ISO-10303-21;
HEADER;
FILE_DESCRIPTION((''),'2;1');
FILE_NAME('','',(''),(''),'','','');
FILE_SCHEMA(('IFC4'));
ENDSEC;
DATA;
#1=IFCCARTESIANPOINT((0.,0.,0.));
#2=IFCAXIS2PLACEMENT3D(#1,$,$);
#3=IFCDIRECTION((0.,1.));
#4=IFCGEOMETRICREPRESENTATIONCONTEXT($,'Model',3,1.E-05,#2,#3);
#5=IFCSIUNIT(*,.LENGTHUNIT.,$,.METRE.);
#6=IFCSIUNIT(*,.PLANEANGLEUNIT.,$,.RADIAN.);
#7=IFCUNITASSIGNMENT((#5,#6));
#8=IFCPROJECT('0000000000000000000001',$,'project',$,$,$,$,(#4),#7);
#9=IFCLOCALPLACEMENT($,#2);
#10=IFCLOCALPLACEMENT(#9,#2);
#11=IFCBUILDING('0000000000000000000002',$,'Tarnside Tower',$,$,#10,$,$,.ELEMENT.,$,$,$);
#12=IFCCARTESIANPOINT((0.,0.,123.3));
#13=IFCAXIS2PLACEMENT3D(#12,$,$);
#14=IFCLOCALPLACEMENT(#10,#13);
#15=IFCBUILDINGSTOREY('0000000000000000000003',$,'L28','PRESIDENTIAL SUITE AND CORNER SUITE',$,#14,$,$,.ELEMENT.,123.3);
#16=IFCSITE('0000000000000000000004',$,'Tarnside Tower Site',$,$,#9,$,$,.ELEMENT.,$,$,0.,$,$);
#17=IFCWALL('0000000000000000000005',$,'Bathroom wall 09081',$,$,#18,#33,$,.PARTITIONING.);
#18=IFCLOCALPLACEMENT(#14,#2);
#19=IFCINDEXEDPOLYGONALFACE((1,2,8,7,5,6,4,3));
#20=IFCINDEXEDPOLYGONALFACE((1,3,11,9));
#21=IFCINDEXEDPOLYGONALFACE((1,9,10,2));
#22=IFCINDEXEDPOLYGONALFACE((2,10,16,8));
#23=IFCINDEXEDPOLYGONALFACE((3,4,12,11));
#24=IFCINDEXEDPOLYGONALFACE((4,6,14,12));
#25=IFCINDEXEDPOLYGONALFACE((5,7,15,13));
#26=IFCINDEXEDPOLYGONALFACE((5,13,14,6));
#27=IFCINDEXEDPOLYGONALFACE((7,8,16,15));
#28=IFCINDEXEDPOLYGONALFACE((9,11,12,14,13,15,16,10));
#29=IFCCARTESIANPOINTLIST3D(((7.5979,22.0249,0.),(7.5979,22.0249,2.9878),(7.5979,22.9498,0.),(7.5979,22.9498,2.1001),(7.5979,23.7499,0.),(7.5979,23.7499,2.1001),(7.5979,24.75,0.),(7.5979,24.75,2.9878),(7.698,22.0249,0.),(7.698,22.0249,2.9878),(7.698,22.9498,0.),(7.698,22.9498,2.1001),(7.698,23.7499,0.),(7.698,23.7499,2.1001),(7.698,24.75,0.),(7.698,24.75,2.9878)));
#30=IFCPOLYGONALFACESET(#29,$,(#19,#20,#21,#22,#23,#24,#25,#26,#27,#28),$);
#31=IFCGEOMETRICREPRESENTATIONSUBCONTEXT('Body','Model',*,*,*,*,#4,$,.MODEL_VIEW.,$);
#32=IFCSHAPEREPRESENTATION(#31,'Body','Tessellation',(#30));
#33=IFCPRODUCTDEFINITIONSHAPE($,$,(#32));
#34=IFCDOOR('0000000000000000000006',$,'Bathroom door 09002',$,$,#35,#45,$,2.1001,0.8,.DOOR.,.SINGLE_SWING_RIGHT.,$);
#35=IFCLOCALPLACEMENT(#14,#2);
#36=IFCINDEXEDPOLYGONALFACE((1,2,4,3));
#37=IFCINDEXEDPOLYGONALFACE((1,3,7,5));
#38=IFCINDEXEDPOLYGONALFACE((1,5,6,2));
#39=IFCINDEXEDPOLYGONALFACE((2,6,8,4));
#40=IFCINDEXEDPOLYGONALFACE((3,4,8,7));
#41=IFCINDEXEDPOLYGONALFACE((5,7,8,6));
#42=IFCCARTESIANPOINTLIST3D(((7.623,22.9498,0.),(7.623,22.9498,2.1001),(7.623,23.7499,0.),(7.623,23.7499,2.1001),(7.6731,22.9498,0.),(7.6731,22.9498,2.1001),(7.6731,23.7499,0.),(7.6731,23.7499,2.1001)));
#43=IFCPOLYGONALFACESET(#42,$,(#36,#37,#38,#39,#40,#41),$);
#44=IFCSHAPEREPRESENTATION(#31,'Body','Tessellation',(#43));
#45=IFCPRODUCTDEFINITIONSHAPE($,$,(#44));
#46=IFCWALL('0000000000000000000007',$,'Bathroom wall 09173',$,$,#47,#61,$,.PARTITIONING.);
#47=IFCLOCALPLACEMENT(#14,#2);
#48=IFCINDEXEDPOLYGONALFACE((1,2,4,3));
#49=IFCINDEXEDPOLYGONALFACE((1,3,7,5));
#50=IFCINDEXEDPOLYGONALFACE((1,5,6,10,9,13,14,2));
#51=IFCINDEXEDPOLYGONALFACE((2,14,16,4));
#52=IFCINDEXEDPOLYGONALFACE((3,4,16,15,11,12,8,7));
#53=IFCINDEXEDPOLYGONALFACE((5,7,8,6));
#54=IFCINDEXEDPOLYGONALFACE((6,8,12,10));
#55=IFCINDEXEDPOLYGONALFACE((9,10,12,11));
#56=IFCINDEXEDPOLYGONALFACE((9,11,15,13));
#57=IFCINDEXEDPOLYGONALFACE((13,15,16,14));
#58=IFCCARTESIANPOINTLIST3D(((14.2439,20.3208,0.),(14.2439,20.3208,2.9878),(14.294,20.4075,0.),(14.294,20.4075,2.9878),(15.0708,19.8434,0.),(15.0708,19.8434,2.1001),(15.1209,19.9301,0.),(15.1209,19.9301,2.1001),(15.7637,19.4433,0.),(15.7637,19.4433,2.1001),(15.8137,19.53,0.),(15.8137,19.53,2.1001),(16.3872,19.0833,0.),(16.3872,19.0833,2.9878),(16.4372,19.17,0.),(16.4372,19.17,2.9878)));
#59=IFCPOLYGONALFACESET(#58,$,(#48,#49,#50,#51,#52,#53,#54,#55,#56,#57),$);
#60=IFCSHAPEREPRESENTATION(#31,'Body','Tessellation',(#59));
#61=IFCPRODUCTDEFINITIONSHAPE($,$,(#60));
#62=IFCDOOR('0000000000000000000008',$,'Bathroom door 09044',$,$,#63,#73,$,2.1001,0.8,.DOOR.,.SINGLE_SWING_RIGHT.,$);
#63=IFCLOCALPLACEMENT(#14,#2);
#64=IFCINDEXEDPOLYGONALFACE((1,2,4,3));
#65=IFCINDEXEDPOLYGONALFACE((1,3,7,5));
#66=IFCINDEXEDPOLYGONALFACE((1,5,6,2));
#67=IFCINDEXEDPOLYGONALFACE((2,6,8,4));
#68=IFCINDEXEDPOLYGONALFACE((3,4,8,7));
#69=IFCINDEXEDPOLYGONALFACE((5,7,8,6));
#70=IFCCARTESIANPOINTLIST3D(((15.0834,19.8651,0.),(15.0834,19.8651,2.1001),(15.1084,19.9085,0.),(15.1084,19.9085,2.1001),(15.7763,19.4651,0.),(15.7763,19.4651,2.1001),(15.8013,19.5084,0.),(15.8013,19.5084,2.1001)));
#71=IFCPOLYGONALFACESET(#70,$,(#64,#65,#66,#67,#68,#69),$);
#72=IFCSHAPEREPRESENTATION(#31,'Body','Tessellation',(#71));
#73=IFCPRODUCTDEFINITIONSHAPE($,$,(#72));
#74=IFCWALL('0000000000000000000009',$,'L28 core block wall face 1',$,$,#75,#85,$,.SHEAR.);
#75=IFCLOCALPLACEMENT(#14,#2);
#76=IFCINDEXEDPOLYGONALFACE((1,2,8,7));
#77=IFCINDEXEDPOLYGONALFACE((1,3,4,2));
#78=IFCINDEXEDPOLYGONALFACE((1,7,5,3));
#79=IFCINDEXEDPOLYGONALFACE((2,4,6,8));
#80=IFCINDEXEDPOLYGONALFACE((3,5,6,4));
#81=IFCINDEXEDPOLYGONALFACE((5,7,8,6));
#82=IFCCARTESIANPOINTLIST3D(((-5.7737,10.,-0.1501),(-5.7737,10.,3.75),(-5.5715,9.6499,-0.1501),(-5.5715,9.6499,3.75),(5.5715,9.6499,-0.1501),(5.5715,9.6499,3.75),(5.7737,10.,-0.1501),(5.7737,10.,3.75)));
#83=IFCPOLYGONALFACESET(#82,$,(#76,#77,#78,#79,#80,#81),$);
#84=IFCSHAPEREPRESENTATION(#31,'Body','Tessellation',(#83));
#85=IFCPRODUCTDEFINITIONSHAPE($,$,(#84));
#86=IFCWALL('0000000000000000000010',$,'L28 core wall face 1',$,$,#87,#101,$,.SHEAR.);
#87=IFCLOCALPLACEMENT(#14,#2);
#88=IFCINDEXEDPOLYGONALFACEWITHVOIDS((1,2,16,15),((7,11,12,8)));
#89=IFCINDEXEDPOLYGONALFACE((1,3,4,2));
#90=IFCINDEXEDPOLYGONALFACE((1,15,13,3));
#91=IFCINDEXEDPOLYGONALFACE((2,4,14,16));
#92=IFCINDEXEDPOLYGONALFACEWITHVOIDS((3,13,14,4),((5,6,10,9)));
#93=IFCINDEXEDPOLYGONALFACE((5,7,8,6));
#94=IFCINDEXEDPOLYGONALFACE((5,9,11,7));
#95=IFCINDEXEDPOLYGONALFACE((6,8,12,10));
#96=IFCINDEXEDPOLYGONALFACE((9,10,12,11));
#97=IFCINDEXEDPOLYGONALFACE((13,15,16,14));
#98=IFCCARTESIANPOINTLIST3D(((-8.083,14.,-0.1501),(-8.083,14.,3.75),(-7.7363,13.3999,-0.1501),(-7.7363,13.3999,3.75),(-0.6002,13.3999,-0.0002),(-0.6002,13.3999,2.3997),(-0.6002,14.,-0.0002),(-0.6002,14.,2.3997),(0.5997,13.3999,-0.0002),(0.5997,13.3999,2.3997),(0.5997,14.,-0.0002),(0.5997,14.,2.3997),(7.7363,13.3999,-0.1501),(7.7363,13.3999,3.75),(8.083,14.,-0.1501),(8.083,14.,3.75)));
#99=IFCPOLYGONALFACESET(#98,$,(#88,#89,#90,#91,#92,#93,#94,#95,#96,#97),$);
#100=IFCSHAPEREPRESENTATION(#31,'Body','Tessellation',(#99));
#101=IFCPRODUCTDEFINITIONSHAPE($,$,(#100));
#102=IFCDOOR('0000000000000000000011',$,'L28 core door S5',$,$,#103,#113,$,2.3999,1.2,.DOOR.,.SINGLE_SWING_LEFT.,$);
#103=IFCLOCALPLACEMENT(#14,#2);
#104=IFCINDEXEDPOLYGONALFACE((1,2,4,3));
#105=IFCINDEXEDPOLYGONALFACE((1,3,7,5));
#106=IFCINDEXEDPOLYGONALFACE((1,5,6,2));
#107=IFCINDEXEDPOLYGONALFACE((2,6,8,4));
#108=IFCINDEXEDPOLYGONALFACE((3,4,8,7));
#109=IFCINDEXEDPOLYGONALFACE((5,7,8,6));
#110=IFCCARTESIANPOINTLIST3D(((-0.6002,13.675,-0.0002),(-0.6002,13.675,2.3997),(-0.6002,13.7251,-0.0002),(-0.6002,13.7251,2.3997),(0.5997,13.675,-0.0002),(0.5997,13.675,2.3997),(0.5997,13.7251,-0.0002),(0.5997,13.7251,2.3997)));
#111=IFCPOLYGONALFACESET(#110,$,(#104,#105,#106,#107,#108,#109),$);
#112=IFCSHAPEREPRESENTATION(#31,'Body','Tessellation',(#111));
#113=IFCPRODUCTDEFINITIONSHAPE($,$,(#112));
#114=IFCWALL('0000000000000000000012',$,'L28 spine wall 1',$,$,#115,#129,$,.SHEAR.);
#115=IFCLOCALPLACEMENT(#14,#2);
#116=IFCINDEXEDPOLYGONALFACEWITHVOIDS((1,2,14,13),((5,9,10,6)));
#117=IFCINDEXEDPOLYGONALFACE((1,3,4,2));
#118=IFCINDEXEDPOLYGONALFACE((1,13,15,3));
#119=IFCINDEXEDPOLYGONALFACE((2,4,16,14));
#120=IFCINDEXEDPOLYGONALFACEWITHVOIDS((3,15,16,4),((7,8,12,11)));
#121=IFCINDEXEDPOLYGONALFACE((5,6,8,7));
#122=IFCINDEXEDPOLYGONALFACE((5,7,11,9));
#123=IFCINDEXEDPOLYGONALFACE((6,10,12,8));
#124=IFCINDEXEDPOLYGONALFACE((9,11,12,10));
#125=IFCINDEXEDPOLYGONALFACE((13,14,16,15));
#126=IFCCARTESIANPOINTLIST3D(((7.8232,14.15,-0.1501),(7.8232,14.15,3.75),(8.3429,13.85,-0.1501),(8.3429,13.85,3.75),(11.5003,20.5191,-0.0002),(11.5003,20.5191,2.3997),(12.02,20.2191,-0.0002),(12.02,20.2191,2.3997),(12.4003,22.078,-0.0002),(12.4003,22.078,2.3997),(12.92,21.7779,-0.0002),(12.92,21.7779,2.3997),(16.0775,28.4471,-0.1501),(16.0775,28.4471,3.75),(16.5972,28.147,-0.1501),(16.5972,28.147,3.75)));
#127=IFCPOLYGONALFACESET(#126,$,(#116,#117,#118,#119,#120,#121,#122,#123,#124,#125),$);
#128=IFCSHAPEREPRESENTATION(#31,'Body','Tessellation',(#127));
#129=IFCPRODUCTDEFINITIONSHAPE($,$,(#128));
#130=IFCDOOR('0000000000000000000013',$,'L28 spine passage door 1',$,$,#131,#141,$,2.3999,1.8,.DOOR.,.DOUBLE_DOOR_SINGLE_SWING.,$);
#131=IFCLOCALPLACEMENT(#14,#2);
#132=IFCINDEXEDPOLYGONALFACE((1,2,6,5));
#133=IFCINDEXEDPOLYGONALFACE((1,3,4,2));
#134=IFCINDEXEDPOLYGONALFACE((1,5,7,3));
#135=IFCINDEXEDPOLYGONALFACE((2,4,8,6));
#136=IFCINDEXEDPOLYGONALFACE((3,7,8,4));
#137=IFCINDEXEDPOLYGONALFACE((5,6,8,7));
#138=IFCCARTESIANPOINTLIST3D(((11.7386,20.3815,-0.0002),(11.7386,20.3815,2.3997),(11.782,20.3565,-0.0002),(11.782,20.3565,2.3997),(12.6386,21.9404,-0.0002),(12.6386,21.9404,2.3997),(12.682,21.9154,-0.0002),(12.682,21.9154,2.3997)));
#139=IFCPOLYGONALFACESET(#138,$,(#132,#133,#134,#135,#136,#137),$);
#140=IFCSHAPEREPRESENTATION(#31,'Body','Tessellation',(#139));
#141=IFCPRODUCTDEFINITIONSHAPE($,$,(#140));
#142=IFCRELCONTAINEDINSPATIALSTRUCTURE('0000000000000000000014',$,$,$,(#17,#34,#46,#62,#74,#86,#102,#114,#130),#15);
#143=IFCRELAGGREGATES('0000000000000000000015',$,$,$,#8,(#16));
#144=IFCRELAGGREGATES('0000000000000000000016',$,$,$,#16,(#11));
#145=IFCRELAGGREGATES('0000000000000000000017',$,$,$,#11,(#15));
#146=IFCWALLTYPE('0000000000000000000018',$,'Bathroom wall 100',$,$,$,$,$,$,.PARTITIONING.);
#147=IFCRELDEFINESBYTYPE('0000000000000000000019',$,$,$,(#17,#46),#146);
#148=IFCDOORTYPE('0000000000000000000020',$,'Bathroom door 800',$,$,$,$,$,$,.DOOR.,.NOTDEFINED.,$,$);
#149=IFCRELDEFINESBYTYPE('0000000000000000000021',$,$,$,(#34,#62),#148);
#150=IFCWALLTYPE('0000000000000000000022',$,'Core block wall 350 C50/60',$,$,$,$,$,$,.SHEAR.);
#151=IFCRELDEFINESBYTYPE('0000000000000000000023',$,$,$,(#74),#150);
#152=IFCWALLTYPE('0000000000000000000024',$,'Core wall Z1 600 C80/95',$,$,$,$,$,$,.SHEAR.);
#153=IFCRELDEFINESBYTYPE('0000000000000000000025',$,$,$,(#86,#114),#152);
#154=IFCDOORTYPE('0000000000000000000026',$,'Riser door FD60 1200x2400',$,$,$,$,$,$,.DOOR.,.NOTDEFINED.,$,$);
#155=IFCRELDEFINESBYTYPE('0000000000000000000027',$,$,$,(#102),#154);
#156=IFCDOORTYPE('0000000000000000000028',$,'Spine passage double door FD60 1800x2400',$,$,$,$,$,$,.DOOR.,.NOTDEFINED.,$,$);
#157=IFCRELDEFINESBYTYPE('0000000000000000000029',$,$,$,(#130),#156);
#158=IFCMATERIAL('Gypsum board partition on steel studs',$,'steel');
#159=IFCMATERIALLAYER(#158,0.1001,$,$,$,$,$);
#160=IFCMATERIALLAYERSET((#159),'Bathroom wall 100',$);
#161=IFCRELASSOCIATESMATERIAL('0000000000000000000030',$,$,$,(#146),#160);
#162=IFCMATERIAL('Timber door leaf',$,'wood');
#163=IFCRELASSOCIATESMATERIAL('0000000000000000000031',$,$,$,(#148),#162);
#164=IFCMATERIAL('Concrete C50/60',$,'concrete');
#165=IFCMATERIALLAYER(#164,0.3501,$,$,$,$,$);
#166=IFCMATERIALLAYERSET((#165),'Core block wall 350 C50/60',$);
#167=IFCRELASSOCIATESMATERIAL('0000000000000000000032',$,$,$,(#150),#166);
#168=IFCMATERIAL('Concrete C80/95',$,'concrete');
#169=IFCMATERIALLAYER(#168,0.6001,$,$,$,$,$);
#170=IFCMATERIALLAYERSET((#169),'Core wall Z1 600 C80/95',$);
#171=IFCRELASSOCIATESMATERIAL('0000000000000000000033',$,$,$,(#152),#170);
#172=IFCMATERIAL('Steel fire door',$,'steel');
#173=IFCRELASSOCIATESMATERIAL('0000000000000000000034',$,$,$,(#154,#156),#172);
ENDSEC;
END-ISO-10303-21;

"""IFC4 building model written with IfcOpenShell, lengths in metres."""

from ifc_helpers import new_model, si_unit, direction, frame, frame_2d, origin, place, context, subcontext, project, spatial, polyline, rectangle, outline, extrude, material, layer, layer_set, type_object, element, fill, save


model = new_model("IFC4")

# Units and contexts
model_context = context("Model", 3, precision=1e-05, world=origin(), true_north=direction((0.0, 1.0)))
body_context = subcontext(model_context, "Body", "Model", "MODEL_VIEW")
ifc_project = project(units=[si_unit("LENGTHUNIT", "METRE"), si_unit("PLANEANGLEUNIT", "RADIAN")], contexts=[model_context])

# Site, building, storey
site_placement = place(None, origin())
site = spatial("IfcSite", under=ifc_project, at=site_placement, Name="Tarnside Tower Site", CompositionType="ELEMENT", RefElevation=0.0)
building_placement = place(site_placement, origin())
building = spatial("IfcBuilding", under=site, at=building_placement, Name="Tarnside Tower", CompositionType="ELEMENT")
storey_placement = place(building_placement, frame((0.0, 0.0, 123.3)))
storey = spatial("IfcBuildingStorey", under=building, at=storey_placement, Name="L28", Description="PRESIDENTIAL SUITE AND CORNER SUITE", CompositionType="ELEMENT", Elevation=123.3)

# Walls, openings, doors
ifc_material_1 = material(Name="Gypsum board partition on steel studs", Category="steel")
ifc_layer_1 = layer(ifc_material_1, 0.1001)
ifc_layer_set_1 = layer_set([ifc_layer_1], Name="Bathroom wall 100")
wall_type_1 = type_object("IfcWallType", Name="Bathroom wall 100", PredefinedType="PARTITIONING", material=ifc_layer_set_1)
wall_1_placement = place(storey_placement, frame((7.6479, 22.0249, 0.0), z_axis=(0.0, 0.0, 1.0), x_axis=(0.0, 1.0, 0.0)))
wall_1 = element("IfcWall", 1, at=wall_1_placement, inside=storey, type_object=wall_type_1, Name="Bathroom wall 09081", PredefinedType="PARTITIONING", context=body_context, shape_type="SweptSolid", body=[
    extrude(rectangle(XDim=2.7251, YDim=0.1001, at=frame_2d((1.3625, 0.0))), origin(), (0.0, 0.0, 1.0), 2.9878),
])
opening_1_placement = place(wall_1_placement, frame((0.925, 0.0, 0.0)))
opening_1 = element("IfcOpeningElement", 2, at=opening_1_placement, cuts=wall_1, PredefinedType="OPENING", context=body_context, shape_type="SweptSolid", body=[
    extrude(rectangle(XDim=0.8, YDim=2.1001, at=frame_2d((0.3999, 1.05))), frame((0.0, 0.0601, 0.0), z_axis=(0.0, -1.0, 0.0), x_axis=(1.0, 0.0, 0.0)), (0.0, 0.0, 1.0), 0.1201),
])
ifc_material_2 = material(Name="Timber door leaf", Category="wood")
door_type_1 = type_object("IfcDoorType", Name="Bathroom door 800", OperationType="NOTDEFINED", PredefinedType="DOOR", material=ifc_material_2)
door_1_placement = place(opening_1_placement, origin())
door_1 = element("IfcDoor", 3, at=door_1_placement, inside=storey, type_object=door_type_1, Name="Bathroom door 09002", OperationType="SINGLE_SWING_RIGHT", OverallHeight=2.1001, OverallWidth=0.8, PredefinedType="DOOR", context=body_context, shape_type="SweptSolid", body=[
    extrude(rectangle(XDim=0.8, YDim=2.1001, at=frame_2d((0.3999, 1.05))), frame((0.0, 0.0249, 0.0), z_axis=(0.0, -1.0, 0.0), x_axis=(1.0, 0.0, 0.0)), (0.0, 0.0, 1.0), 0.05),
])
fill(opening_1, door_1)
wall_2_placement = place(storey_placement, frame((16.4121, 19.1267, 0.0), z_axis=(0.0, 0.0, 1.0), x_axis=(-0.866007, 0.500033, 0.0)))
wall_2 = element("IfcWall", 4, at=wall_2_placement, inside=storey, type_object=wall_type_1, Name="Bathroom wall 09173", PredefinedType="PARTITIONING", context=body_context, shape_type="SweptSolid", body=[
    extrude(rectangle(XDim=2.4749, YDim=0.1001, at=frame_2d((1.2373, 0.0))), origin(), (0.0, 0.0, 1.0), 2.9878),
])
opening_2_placement = place(wall_2_placement, frame((0.72, 0.0, 0.0)))
opening_2 = element("IfcOpeningElement", 5, at=opening_2_placement, cuts=wall_2, PredefinedType="OPENING", context=body_context, shape_type="SweptSolid", body=[
    extrude(rectangle(XDim=0.8, YDim=2.1001, at=frame_2d((0.3999, 1.05))), frame((0.0, 0.0601, 0.0), z_axis=(0.0, -1.0, 0.0), x_axis=(1.0, 0.0, 0.0)), (0.0, 0.0, 1.0), 0.1201),
])
door_2_placement = place(opening_2_placement, origin())
door_2 = element("IfcDoor", 6, at=door_2_placement, inside=storey, type_object=door_type_1, Name="Bathroom door 09044", OperationType="SINGLE_SWING_RIGHT", OverallHeight=2.1001, OverallWidth=0.8, PredefinedType="DOOR", context=body_context, shape_type="SweptSolid", body=[
    extrude(rectangle(XDim=0.8, YDim=2.1001, at=frame_2d((0.3999, 1.05))), frame((0.0, 0.0249, 0.0), z_axis=(0.0, -1.0, 0.0), x_axis=(1.0, 0.0, 0.0)), (0.0, 0.0, 1.0), 0.05),
])
fill(opening_2, door_2)

# Wall
ifc_material_3 = material(Name="Concrete C50/60", Category="concrete")
ifc_layer_2 = layer(ifc_material_3, 0.3501)
ifc_layer_set_2 = layer_set([ifc_layer_2], Name="Core block wall 350 C50/60")
wall_type_2 = type_object("IfcWallType", Name="Core block wall 350 C50/60", PredefinedType="SHEAR", material=ifc_layer_set_2)
wall_3_placement = place(storey_placement, frame((5.6726, 9.825, -0.1501), z_axis=(0.0, 0.0, 1.0), x_axis=(-1.0, 0.0, 0.0)))
element("IfcWall", 7, at=wall_3_placement, inside=storey, type_object=wall_type_2, Name="L28 core block wall face 1", PredefinedType="SHEAR", context=body_context, shape_type="SweptSolid", body=[
    extrude(outline(polyline([(-0.1011, -0.175), (11.4463, -0.175), (11.2441, 0.175), (0.1011, 0.175), (-0.1011, -0.175)])), origin(), (0.0, 0.0, 1.0), 3.9001),
])

# Walls, openings, doors
ifc_material_4 = material(Name="Concrete C80/95", Category="concrete")
ifc_layer_3 = layer(ifc_material_4, 0.6001)
ifc_layer_set_3 = layer_set([ifc_layer_3], Name="Core wall Z1 600 C80/95")
wall_type_3 = type_object("IfcWallType", Name="Core wall Z1 600 C80/95", PredefinedType="SHEAR", material=ifc_layer_set_3)
wall_4_placement = place(storey_placement, frame((7.9097, 13.7, -0.1501), z_axis=(0.0, 0.0, 1.0), x_axis=(-1.0, 0.0, 0.0)))
wall_4 = element("IfcWall", 8, at=wall_4_placement, inside=storey, type_object=wall_type_3, Name="L28 core wall face 1", PredefinedType="SHEAR", context=body_context, shape_type="SweptSolid", body=[
    extrude(outline(polyline([(-0.1733, -0.3), (15.9927, -0.3), (15.646, 0.3), (0.1733, 0.3), (-0.1733, -0.3)])), origin(), (0.0, 0.0, 1.0), 3.9001),
])
opening_3_placement = place(wall_4_placement, frame((7.3098, 0.0, 0.1499)))
opening_3 = element("IfcOpeningElement", 9, at=opening_3_placement, cuts=wall_4, PredefinedType="OPENING", context=body_context, shape_type="SweptSolid", body=[
    extrude(rectangle(XDim=1.2, YDim=2.3999, at=frame_2d((0.6001, 1.2))), frame((0.0, 0.3101, 0.0), z_axis=(0.0, -1.0, 0.0), x_axis=(1.0, 0.0, 0.0)), (0.0, 0.0, 1.0), 0.6201),
])
ifc_material_5 = material(Name="Steel fire door", Category="steel")
door_type_2 = type_object("IfcDoorType", Name="Riser door FD60 1200x2400", OperationType="NOTDEFINED", PredefinedType="DOOR", material=ifc_material_5)
door_3_placement = place(opening_3_placement, origin())
door_3 = element("IfcDoor", 10, at=door_3_placement, inside=storey, type_object=door_type_2, Name="L28 core door S5", OperationType="SINGLE_SWING_LEFT", OverallHeight=2.3999, OverallWidth=1.2, PredefinedType="DOOR", context=body_context, shape_type="SweptSolid", body=[
    extrude(rectangle(XDim=1.2, YDim=2.3999, at=frame_2d((0.6001, 1.2))), frame((0.0, 0.0249, 0.0), z_axis=(0.0, -1.0, 0.0), x_axis=(1.0, 0.0, 0.0)), (0.0, 0.0, 1.0), 0.05),
])
fill(opening_3, door_3)
wall_5_placement = place(storey_placement, frame((8.083, 14.0, -0.1501), z_axis=(0.0, 0.0, 1.0), x_axis=(0.499998, 0.866027, 0.0)))
wall_5 = element("IfcWall", 11, at=wall_5_placement, inside=storey, type_object=wall_type_3, Name="L28 spine wall 1", PredefinedType="SHEAR", context=body_context, shape_type="SweptSolid", body=[
    extrude(rectangle(XDim=16.5088, YDim=0.6001, at=frame_2d((8.2544, 0.0))), origin(), (0.0, 0.0, 1.0), 3.9001),
])
opening_4_placement = place(wall_5_placement, frame((7.3545, 0.0, 0.1499)))
opening_4 = element("IfcOpeningElement", 12, at=opening_4_placement, cuts=wall_5, PredefinedType="OPENING", context=body_context, shape_type="SweptSolid", body=[
    extrude(rectangle(XDim=1.8, YDim=2.3999, at=frame_2d((0.8999, 1.2))), frame((0.0, 0.3101, 0.0), z_axis=(0.0, -1.0, 0.0), x_axis=(1.0, 0.0, 0.0)), (0.0, 0.0, 1.0), 0.6201),
])
door_type_3 = type_object("IfcDoorType", Name="Spine passage double door FD60 1800x2400", OperationType="NOTDEFINED", PredefinedType="DOOR", material=ifc_material_5)
door_4_placement = place(opening_4_placement, origin())
door_4 = element("IfcDoor", 13, at=door_4_placement, inside=storey, type_object=door_type_3, Name="L28 spine passage door 1", OperationType="DOUBLE_DOOR_SINGLE_SWING", OverallHeight=2.3999, OverallWidth=1.8, PredefinedType="DOOR", context=body_context, shape_type="SweptSolid", body=[
    extrude(rectangle(XDim=1.8, YDim=2.3999, at=frame_2d((0.8999, 1.2))), frame((0.0, 0.0249, 0.0), z_axis=(0.0, -1.0, 0.0), x_axis=(1.0, 0.0, 0.0)), (0.0, 0.0, 1.0), 0.05),
])
fill(opening_4, door_4)

save(model, "model.ifc")
